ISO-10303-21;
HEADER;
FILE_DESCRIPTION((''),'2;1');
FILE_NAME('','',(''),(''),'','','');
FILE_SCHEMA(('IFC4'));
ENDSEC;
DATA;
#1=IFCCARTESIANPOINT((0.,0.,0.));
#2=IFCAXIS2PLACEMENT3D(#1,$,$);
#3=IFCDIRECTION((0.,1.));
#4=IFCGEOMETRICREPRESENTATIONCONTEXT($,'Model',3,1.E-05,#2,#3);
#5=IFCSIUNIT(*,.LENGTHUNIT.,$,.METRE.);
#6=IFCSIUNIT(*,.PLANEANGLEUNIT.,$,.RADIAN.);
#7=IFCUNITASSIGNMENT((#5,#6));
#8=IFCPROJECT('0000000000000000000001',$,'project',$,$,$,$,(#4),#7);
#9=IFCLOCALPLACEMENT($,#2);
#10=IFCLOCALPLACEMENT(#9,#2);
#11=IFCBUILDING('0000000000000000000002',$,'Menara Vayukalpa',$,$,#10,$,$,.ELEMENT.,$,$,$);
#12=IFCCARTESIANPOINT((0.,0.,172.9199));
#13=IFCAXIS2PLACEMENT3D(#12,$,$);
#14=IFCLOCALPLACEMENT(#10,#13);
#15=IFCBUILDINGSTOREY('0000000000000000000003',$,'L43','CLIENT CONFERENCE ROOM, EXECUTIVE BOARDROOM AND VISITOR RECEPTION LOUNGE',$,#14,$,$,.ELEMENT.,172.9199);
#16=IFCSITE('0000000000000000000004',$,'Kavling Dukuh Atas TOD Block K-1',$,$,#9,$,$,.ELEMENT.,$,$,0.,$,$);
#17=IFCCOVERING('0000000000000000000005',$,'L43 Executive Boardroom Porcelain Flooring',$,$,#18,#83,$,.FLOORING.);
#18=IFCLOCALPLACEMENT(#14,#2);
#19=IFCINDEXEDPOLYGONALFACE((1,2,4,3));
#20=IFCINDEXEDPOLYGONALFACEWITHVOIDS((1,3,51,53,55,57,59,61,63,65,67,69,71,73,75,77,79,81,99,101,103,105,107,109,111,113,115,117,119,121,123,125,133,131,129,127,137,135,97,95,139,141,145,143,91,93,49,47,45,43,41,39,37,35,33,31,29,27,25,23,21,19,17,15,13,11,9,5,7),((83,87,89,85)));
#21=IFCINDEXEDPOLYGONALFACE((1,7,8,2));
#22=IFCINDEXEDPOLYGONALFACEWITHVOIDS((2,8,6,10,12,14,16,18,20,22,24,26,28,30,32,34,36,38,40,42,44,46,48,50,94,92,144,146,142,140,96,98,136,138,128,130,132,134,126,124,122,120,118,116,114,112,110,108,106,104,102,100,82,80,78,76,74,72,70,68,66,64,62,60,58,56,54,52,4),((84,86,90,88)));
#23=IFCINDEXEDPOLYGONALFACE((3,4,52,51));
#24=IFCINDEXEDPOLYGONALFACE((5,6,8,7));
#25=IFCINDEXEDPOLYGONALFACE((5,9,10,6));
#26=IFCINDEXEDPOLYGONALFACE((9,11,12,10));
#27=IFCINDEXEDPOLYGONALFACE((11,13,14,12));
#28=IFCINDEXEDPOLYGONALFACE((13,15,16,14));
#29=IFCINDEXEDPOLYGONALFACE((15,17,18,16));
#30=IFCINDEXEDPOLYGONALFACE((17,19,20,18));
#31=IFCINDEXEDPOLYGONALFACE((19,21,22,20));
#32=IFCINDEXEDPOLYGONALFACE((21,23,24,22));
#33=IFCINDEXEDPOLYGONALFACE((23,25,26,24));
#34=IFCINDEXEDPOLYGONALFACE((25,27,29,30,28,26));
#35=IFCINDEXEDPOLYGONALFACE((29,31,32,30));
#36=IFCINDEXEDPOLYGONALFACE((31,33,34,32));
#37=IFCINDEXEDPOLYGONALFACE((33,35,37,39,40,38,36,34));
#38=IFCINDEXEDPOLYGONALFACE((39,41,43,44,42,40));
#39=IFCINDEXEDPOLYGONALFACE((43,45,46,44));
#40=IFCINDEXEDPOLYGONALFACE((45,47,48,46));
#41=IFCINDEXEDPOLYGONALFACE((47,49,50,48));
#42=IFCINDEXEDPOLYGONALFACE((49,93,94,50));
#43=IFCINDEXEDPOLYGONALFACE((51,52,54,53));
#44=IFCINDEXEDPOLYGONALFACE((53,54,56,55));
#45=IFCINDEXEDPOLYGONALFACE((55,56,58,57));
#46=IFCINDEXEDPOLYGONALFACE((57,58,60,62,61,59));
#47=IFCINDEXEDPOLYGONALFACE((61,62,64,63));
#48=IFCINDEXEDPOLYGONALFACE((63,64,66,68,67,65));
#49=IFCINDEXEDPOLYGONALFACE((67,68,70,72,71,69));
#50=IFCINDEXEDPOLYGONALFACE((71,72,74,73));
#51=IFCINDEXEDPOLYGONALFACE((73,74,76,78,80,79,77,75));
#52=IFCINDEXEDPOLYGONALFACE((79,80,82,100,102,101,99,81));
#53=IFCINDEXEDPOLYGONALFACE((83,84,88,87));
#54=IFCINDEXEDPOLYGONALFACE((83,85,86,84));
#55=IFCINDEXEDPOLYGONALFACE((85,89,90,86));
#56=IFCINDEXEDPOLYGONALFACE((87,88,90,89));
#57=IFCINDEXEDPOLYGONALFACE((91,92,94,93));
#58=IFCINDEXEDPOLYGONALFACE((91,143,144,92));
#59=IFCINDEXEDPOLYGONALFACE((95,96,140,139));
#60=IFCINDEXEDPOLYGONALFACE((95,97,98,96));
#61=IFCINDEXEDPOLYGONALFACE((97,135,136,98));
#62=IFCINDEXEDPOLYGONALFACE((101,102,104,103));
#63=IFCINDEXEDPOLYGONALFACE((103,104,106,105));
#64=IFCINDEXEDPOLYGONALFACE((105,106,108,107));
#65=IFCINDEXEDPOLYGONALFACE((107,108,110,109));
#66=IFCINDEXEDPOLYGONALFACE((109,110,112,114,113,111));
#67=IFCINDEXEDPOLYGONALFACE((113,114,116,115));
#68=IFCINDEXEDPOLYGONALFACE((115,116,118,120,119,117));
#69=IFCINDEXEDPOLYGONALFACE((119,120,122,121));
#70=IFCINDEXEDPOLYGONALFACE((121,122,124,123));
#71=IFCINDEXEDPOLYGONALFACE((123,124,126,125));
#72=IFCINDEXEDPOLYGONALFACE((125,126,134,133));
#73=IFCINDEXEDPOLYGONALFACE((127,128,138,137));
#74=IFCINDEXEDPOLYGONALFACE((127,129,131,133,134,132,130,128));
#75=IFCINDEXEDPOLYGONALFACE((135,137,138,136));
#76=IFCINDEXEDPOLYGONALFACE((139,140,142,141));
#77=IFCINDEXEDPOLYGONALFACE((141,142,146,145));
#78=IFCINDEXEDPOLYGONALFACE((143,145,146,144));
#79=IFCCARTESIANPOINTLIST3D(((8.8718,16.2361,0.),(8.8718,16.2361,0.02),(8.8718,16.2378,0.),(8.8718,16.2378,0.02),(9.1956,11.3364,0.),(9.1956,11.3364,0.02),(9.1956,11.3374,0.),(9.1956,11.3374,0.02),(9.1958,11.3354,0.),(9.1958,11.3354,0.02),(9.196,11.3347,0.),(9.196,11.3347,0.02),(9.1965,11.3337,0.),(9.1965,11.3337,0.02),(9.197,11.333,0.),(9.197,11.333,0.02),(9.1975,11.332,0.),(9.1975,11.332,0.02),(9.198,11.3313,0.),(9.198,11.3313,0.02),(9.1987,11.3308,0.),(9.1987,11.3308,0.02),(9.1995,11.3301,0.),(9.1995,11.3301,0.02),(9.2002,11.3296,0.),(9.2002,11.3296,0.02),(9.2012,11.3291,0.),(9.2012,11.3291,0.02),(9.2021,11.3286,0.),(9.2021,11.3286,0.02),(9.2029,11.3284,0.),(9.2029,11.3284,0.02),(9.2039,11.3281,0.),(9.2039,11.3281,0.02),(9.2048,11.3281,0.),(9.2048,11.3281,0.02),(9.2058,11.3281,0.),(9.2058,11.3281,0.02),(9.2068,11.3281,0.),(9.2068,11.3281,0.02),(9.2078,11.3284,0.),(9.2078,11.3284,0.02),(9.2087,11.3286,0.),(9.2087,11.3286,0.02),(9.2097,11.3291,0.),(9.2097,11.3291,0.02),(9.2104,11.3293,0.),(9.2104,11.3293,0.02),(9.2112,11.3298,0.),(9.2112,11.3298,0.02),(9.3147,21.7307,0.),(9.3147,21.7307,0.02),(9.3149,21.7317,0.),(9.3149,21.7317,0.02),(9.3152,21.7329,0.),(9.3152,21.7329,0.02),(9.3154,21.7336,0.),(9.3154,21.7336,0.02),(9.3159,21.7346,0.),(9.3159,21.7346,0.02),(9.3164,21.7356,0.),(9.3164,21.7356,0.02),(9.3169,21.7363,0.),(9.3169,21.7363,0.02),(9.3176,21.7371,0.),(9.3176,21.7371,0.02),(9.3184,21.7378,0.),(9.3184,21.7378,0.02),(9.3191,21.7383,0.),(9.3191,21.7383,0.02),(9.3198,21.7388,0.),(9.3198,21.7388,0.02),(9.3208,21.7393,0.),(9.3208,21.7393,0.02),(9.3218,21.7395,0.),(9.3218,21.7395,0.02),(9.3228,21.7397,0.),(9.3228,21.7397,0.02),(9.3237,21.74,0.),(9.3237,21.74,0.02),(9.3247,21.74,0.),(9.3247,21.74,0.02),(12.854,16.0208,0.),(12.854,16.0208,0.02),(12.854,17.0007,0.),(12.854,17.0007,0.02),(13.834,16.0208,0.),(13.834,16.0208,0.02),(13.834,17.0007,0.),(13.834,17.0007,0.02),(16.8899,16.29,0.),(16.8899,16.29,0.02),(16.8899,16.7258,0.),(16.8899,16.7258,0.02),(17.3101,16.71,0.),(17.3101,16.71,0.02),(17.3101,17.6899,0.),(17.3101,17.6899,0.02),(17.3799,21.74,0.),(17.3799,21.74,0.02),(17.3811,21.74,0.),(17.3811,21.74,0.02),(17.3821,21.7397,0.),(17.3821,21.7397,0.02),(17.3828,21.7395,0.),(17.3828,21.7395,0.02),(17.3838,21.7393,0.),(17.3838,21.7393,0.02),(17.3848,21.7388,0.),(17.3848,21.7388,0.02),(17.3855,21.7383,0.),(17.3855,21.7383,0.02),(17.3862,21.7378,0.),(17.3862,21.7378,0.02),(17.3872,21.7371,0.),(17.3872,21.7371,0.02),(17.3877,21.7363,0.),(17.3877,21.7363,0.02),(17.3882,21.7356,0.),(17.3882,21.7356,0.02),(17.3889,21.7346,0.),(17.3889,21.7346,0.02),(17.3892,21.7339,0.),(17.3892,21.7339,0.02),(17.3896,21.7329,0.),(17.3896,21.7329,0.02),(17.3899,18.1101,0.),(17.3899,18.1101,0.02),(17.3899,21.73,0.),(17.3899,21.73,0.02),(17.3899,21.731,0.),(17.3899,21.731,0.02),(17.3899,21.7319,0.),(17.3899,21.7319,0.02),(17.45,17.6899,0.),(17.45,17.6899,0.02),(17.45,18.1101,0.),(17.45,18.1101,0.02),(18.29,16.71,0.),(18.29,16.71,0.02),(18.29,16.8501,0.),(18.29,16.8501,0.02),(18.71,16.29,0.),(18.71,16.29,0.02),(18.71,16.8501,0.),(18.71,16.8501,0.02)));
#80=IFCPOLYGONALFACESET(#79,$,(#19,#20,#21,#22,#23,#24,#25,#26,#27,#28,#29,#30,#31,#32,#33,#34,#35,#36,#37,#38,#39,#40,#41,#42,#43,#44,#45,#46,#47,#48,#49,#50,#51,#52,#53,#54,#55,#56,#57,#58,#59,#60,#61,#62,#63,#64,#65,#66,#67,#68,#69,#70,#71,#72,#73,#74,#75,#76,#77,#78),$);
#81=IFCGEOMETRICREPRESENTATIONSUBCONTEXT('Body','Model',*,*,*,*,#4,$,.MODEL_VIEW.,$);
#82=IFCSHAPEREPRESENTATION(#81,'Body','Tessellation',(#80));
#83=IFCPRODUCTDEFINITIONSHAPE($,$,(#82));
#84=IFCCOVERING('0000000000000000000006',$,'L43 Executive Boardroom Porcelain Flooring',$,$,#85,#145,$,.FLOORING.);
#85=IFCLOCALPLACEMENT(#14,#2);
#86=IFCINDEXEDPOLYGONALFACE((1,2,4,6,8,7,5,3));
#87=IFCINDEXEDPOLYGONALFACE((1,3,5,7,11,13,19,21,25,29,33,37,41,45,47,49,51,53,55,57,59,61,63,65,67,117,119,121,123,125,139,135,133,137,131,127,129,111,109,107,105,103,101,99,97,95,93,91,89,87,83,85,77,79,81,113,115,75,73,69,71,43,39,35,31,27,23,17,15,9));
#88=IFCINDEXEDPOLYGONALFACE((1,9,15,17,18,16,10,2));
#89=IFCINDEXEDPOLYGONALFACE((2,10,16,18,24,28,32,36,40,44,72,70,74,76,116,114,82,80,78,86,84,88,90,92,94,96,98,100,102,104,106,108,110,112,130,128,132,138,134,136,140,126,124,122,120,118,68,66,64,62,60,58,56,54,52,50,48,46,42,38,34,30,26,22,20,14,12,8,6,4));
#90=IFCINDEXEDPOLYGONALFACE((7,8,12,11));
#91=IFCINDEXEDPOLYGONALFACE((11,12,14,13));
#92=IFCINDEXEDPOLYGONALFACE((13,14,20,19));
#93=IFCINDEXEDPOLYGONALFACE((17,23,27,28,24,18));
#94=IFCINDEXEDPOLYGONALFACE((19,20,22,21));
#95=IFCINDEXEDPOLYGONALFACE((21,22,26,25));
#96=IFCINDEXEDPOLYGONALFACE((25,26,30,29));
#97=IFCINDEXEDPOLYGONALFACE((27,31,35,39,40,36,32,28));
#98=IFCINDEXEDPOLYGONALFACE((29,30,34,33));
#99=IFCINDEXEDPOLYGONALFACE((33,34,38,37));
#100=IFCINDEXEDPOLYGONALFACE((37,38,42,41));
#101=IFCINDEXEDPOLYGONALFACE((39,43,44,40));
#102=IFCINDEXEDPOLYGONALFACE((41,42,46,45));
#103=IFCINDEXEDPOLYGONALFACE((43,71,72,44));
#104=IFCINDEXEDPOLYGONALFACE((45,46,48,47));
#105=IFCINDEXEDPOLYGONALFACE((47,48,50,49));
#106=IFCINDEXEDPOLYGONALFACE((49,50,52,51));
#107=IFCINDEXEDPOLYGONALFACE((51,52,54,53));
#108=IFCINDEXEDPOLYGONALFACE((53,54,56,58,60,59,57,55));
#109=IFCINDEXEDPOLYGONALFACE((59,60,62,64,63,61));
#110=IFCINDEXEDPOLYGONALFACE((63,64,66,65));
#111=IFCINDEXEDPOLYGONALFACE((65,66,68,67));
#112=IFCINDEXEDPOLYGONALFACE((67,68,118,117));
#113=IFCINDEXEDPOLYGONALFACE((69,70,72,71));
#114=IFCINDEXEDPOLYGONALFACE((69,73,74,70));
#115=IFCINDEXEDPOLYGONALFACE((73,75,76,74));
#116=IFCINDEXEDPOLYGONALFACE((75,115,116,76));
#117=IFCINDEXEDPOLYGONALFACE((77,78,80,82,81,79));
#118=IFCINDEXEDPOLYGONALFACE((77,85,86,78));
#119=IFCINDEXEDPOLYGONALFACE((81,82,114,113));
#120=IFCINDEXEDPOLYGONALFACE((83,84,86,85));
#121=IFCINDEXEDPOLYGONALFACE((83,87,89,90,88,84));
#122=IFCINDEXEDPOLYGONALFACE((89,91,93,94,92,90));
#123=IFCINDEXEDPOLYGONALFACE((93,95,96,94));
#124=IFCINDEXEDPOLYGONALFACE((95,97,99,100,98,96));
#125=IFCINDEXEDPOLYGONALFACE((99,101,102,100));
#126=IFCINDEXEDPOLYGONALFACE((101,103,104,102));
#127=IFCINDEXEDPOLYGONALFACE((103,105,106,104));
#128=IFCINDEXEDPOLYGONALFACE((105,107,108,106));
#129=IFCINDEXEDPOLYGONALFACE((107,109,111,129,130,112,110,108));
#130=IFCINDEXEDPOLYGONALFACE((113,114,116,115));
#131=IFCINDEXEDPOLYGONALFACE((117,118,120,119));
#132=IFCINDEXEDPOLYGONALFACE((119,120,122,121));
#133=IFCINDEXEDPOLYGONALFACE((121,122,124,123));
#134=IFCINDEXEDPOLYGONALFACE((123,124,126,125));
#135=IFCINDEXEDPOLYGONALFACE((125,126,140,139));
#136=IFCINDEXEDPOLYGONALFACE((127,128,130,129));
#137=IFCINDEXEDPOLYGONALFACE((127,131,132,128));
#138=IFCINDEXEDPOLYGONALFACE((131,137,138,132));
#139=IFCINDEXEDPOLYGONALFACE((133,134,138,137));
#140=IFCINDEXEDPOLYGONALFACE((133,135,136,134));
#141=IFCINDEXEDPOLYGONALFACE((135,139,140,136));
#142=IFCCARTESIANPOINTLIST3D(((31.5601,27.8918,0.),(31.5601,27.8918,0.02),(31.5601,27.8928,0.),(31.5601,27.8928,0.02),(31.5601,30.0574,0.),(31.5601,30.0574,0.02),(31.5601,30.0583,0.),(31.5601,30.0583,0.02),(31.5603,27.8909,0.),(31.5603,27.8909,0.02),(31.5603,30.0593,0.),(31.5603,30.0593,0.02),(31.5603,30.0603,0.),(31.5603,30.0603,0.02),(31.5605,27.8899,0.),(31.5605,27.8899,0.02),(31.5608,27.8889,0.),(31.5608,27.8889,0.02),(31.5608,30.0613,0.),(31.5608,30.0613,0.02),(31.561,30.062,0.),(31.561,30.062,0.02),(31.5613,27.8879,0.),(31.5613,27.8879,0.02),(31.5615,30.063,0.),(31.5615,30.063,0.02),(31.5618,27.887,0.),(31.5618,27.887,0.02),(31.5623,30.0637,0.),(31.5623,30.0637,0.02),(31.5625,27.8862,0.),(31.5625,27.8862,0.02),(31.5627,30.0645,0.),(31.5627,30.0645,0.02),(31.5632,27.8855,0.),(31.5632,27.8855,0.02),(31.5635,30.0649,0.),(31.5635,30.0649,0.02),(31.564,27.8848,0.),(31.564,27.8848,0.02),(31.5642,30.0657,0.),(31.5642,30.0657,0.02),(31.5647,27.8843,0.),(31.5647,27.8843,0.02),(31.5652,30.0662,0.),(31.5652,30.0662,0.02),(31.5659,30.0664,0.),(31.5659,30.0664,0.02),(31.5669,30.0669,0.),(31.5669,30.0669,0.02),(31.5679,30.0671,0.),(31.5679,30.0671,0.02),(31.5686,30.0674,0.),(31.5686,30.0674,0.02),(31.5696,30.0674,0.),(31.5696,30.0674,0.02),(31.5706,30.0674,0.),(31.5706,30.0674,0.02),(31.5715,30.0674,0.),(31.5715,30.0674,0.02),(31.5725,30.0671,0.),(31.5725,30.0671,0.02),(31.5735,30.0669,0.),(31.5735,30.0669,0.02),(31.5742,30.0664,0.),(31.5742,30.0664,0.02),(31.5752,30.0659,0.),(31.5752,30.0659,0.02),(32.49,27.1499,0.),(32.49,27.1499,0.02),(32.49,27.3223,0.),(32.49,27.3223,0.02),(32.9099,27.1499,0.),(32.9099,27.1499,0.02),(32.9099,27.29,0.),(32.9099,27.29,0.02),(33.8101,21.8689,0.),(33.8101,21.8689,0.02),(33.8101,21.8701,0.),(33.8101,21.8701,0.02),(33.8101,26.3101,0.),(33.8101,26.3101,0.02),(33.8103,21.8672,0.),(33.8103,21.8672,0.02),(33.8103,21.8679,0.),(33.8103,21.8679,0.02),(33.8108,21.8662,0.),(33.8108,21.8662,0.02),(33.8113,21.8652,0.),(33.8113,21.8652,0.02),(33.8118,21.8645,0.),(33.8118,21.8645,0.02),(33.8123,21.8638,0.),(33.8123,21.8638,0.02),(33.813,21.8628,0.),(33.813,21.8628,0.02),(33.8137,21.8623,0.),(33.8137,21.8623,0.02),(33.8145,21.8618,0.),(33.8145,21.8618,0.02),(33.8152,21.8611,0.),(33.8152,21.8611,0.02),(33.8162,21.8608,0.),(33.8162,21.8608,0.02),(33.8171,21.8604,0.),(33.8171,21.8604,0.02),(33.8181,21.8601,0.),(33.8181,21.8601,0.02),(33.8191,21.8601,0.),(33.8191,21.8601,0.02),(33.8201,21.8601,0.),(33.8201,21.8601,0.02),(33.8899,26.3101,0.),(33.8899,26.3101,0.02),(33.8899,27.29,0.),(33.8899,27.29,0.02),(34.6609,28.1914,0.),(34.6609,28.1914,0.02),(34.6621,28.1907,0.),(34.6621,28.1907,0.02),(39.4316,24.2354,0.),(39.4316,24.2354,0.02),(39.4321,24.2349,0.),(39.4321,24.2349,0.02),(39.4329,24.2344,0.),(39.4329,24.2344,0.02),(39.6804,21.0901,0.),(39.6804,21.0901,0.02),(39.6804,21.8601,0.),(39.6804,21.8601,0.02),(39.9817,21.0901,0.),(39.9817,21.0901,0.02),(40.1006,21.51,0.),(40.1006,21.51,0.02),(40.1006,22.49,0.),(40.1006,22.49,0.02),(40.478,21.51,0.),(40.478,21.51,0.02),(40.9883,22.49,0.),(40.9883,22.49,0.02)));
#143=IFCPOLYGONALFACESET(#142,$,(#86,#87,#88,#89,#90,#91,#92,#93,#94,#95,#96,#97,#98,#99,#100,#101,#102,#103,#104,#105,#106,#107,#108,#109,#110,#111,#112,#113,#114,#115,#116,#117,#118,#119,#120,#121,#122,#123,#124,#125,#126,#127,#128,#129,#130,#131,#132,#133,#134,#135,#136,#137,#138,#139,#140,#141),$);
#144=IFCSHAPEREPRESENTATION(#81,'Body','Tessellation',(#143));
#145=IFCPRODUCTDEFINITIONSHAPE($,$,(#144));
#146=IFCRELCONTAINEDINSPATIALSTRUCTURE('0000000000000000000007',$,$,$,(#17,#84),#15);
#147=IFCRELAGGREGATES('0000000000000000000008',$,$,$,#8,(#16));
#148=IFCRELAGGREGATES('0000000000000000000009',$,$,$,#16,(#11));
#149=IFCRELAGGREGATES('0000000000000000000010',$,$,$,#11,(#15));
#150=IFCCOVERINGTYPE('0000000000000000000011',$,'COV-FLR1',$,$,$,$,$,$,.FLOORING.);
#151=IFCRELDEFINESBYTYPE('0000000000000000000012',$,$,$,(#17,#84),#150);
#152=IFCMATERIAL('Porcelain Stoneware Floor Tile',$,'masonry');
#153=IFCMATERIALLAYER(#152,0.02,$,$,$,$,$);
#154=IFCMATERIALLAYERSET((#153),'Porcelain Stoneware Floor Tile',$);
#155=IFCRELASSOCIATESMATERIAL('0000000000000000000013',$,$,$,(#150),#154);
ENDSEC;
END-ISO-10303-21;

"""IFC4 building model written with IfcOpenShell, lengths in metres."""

from ifc_helpers import new_model, si_unit, direction, frame, origin, place, context, subcontext, project, spatial, polyline, outline, extrude, material, layer, layer_set, type_object, element, save


model = new_model("IFC4")

# Units and contexts
model_context = context("Model", 3, precision=1e-05, world=origin(), true_north=direction((0.0, 1.0)))
body_context = subcontext(model_context, "Body", "Model", "MODEL_VIEW")
ifc_project = project(units=[si_unit("LENGTHUNIT", "METRE"), si_unit("PLANEANGLEUNIT", "RADIAN")], contexts=[model_context])

# Site, building, storey
site_placement = place(None, origin())
site = spatial("IfcSite", under=ifc_project, at=site_placement, Name="Kavling Dukuh Atas TOD Block K-1", CompositionType="ELEMENT", RefElevation=0.0)
building_placement = place(site_placement, origin())
building = spatial("IfcBuilding", under=site, at=building_placement, Name="Menara Vayukalpa", CompositionType="ELEMENT")
storey_placement = place(building_placement, frame((0.0, 0.0, 172.9199)))
storey = spatial("IfcBuildingStorey", under=building, at=storey_placement, Name="L43", Description="CLIENT CONFERENCE ROOM, EXECUTIVE BOARDROOM AND VISITOR RECEPTION LOUNGE", CompositionType="ELEMENT", Elevation=172.9199)

# Coverings
ifc_material_1 = material(Name="Porcelain Stoneware Floor Tile", Category="masonry")
ifc_layer_1 = layer(ifc_material_1, 0.02)
ifc_layer_set_1 = layer_set([ifc_layer_1], Name="Porcelain Stoneware Floor Tile")
covering_type_1 = type_object("IfcCoveringType", Name="COV-FLR1", PredefinedType="FLOORING", material=ifc_layer_set_1)
covering_1_placement = place(storey_placement, origin())
element("IfcCovering", 1, at=covering_1_placement, inside=storey, type_object=covering_type_1, Name="L43 Executive Boardroom Porcelain Flooring", PredefinedType="FLOORING", context=body_context, shape_type="SweptSolid", body=[
    extrude(outline(polyline([(9.3149, 21.7317), (9.3152, 21.7329), (9.3154, 21.7336), (9.3159, 21.7346), (9.3164, 21.7356), (9.3169, 21.7363), (9.3176, 21.7371), (9.3184, 21.7378), (9.3191, 21.7383), (9.3198, 21.7388), (9.3208, 21.7393), (9.3218, 21.7395), (9.3228, 21.7397), (9.3237, 21.74), (9.3247, 21.74), (17.3799, 21.74), (17.3811, 21.74), (17.3821, 21.7397), (17.3828, 21.7395), (17.3838, 21.7393), (17.3848, 21.7388), (17.3855, 21.7383), (17.3862, 21.7378), (17.3872, 21.7371), (17.3877, 21.7363), (17.3882, 21.7356), (17.3889, 21.7346), (17.3892, 21.7339), (17.3896, 21.7329), (17.3899, 21.7319), (17.3899, 21.731), (17.3899, 21.73), (17.3899, 18.1101), (17.45, 18.1101), (17.45, 17.6899), (17.3101, 17.6899), (17.3101, 16.71), (18.29, 16.71), (18.29, 16.8501), (18.71, 16.8501), (18.71, 16.29), (16.8899, 16.29), (16.8899, 16.7258), (9.2112, 11.3298), (9.2104, 11.3293), (9.2097, 11.3291), (9.2087, 11.3286), (9.2078, 11.3284), (9.2068, 11.3281), (9.2058, 11.3281), (9.2048, 11.3281), (9.2039, 11.3281), (9.2029, 11.3284), (9.2021, 11.3286), (9.2012, 11.3291), (9.2002, 11.3296), (9.1995, 11.3301), (9.1987, 11.3308), (9.198, 11.3313), (9.1975, 11.332), (9.197, 11.333), (9.1965, 11.3337), (9.196, 11.3347), (9.1958, 11.3354), (9.1956, 11.3364), (9.1956, 11.3374), (8.8718, 16.2361), (8.8718, 16.2378), (9.3147, 21.7307), (9.3149, 21.7317)]), holes=[polyline([(13.834, 17.0007), (12.854, 17.0007), (12.854, 16.0208), (13.834, 16.0208), (13.834, 17.0007)])]), origin(), (0.0, 0.0, 1.0), 0.02),
])
covering_2_placement = place(storey_placement, origin())
element("IfcCovering", 2, at=covering_2_placement, inside=storey, type_object=covering_type_1, Name="L43 Executive Boardroom Porcelain Flooring", PredefinedType="FLOORING", context=body_context, shape_type="SweptSolid", body=[
    extrude(outline(polyline([(33.8201, 21.8601), (33.8191, 21.8601), (33.8181, 21.8601), (33.8171, 21.8604), (33.8162, 21.8608), (33.8152, 21.8611), (33.8145, 21.8618), (33.8137, 21.8623), (33.813, 21.8628), (33.8123, 21.8638), (33.8118, 21.8645), (33.8113, 21.8652), (33.8108, 21.8662), (33.8103, 21.8672), (33.8103, 21.8679), (33.8101, 21.8689), (33.8101, 21.8701), (33.8101, 26.3101), (33.8899, 26.3101), (33.8899, 27.29), (32.9099, 27.29), (32.9099, 27.1499), (32.49, 27.1499), (32.49, 27.3223), (31.5647, 27.8843), (31.564, 27.8848), (31.5632, 27.8855), (31.5625, 27.8862), (31.5618, 27.887), (31.5613, 27.8879), (31.5608, 27.8889), (31.5605, 27.8899), (31.5603, 27.8909), (31.5601, 27.8918), (31.5601, 27.8928), (31.5601, 30.0574), (31.5601, 30.0583), (31.5603, 30.0593), (31.5603, 30.0603), (31.5608, 30.0613), (31.561, 30.062), (31.5615, 30.063), (31.5623, 30.0637), (31.5627, 30.0645), (31.5635, 30.0649), (31.5642, 30.0657), (31.5652, 30.0662), (31.5659, 30.0664), (31.5669, 30.0669), (31.5679, 30.0671), (31.5686, 30.0674), (31.5696, 30.0674), (31.5706, 30.0674), (31.5715, 30.0674), (31.5725, 30.0671), (31.5735, 30.0669), (31.5742, 30.0664), (31.5752, 30.0659), (34.6609, 28.1914), (34.6621, 28.1907), (39.4316, 24.2354), (39.4321, 24.2349), (39.4329, 24.2344), (40.9883, 22.49), (40.1006, 22.49), (40.1006, 21.51), (40.478, 21.51), (39.9817, 21.0901), (39.6804, 21.0901), (39.6804, 21.8601), (33.8201, 21.8601)])), origin(), (0.0, 0.0, 1.0), 0.02),
])

save(model, "model.ifc")
